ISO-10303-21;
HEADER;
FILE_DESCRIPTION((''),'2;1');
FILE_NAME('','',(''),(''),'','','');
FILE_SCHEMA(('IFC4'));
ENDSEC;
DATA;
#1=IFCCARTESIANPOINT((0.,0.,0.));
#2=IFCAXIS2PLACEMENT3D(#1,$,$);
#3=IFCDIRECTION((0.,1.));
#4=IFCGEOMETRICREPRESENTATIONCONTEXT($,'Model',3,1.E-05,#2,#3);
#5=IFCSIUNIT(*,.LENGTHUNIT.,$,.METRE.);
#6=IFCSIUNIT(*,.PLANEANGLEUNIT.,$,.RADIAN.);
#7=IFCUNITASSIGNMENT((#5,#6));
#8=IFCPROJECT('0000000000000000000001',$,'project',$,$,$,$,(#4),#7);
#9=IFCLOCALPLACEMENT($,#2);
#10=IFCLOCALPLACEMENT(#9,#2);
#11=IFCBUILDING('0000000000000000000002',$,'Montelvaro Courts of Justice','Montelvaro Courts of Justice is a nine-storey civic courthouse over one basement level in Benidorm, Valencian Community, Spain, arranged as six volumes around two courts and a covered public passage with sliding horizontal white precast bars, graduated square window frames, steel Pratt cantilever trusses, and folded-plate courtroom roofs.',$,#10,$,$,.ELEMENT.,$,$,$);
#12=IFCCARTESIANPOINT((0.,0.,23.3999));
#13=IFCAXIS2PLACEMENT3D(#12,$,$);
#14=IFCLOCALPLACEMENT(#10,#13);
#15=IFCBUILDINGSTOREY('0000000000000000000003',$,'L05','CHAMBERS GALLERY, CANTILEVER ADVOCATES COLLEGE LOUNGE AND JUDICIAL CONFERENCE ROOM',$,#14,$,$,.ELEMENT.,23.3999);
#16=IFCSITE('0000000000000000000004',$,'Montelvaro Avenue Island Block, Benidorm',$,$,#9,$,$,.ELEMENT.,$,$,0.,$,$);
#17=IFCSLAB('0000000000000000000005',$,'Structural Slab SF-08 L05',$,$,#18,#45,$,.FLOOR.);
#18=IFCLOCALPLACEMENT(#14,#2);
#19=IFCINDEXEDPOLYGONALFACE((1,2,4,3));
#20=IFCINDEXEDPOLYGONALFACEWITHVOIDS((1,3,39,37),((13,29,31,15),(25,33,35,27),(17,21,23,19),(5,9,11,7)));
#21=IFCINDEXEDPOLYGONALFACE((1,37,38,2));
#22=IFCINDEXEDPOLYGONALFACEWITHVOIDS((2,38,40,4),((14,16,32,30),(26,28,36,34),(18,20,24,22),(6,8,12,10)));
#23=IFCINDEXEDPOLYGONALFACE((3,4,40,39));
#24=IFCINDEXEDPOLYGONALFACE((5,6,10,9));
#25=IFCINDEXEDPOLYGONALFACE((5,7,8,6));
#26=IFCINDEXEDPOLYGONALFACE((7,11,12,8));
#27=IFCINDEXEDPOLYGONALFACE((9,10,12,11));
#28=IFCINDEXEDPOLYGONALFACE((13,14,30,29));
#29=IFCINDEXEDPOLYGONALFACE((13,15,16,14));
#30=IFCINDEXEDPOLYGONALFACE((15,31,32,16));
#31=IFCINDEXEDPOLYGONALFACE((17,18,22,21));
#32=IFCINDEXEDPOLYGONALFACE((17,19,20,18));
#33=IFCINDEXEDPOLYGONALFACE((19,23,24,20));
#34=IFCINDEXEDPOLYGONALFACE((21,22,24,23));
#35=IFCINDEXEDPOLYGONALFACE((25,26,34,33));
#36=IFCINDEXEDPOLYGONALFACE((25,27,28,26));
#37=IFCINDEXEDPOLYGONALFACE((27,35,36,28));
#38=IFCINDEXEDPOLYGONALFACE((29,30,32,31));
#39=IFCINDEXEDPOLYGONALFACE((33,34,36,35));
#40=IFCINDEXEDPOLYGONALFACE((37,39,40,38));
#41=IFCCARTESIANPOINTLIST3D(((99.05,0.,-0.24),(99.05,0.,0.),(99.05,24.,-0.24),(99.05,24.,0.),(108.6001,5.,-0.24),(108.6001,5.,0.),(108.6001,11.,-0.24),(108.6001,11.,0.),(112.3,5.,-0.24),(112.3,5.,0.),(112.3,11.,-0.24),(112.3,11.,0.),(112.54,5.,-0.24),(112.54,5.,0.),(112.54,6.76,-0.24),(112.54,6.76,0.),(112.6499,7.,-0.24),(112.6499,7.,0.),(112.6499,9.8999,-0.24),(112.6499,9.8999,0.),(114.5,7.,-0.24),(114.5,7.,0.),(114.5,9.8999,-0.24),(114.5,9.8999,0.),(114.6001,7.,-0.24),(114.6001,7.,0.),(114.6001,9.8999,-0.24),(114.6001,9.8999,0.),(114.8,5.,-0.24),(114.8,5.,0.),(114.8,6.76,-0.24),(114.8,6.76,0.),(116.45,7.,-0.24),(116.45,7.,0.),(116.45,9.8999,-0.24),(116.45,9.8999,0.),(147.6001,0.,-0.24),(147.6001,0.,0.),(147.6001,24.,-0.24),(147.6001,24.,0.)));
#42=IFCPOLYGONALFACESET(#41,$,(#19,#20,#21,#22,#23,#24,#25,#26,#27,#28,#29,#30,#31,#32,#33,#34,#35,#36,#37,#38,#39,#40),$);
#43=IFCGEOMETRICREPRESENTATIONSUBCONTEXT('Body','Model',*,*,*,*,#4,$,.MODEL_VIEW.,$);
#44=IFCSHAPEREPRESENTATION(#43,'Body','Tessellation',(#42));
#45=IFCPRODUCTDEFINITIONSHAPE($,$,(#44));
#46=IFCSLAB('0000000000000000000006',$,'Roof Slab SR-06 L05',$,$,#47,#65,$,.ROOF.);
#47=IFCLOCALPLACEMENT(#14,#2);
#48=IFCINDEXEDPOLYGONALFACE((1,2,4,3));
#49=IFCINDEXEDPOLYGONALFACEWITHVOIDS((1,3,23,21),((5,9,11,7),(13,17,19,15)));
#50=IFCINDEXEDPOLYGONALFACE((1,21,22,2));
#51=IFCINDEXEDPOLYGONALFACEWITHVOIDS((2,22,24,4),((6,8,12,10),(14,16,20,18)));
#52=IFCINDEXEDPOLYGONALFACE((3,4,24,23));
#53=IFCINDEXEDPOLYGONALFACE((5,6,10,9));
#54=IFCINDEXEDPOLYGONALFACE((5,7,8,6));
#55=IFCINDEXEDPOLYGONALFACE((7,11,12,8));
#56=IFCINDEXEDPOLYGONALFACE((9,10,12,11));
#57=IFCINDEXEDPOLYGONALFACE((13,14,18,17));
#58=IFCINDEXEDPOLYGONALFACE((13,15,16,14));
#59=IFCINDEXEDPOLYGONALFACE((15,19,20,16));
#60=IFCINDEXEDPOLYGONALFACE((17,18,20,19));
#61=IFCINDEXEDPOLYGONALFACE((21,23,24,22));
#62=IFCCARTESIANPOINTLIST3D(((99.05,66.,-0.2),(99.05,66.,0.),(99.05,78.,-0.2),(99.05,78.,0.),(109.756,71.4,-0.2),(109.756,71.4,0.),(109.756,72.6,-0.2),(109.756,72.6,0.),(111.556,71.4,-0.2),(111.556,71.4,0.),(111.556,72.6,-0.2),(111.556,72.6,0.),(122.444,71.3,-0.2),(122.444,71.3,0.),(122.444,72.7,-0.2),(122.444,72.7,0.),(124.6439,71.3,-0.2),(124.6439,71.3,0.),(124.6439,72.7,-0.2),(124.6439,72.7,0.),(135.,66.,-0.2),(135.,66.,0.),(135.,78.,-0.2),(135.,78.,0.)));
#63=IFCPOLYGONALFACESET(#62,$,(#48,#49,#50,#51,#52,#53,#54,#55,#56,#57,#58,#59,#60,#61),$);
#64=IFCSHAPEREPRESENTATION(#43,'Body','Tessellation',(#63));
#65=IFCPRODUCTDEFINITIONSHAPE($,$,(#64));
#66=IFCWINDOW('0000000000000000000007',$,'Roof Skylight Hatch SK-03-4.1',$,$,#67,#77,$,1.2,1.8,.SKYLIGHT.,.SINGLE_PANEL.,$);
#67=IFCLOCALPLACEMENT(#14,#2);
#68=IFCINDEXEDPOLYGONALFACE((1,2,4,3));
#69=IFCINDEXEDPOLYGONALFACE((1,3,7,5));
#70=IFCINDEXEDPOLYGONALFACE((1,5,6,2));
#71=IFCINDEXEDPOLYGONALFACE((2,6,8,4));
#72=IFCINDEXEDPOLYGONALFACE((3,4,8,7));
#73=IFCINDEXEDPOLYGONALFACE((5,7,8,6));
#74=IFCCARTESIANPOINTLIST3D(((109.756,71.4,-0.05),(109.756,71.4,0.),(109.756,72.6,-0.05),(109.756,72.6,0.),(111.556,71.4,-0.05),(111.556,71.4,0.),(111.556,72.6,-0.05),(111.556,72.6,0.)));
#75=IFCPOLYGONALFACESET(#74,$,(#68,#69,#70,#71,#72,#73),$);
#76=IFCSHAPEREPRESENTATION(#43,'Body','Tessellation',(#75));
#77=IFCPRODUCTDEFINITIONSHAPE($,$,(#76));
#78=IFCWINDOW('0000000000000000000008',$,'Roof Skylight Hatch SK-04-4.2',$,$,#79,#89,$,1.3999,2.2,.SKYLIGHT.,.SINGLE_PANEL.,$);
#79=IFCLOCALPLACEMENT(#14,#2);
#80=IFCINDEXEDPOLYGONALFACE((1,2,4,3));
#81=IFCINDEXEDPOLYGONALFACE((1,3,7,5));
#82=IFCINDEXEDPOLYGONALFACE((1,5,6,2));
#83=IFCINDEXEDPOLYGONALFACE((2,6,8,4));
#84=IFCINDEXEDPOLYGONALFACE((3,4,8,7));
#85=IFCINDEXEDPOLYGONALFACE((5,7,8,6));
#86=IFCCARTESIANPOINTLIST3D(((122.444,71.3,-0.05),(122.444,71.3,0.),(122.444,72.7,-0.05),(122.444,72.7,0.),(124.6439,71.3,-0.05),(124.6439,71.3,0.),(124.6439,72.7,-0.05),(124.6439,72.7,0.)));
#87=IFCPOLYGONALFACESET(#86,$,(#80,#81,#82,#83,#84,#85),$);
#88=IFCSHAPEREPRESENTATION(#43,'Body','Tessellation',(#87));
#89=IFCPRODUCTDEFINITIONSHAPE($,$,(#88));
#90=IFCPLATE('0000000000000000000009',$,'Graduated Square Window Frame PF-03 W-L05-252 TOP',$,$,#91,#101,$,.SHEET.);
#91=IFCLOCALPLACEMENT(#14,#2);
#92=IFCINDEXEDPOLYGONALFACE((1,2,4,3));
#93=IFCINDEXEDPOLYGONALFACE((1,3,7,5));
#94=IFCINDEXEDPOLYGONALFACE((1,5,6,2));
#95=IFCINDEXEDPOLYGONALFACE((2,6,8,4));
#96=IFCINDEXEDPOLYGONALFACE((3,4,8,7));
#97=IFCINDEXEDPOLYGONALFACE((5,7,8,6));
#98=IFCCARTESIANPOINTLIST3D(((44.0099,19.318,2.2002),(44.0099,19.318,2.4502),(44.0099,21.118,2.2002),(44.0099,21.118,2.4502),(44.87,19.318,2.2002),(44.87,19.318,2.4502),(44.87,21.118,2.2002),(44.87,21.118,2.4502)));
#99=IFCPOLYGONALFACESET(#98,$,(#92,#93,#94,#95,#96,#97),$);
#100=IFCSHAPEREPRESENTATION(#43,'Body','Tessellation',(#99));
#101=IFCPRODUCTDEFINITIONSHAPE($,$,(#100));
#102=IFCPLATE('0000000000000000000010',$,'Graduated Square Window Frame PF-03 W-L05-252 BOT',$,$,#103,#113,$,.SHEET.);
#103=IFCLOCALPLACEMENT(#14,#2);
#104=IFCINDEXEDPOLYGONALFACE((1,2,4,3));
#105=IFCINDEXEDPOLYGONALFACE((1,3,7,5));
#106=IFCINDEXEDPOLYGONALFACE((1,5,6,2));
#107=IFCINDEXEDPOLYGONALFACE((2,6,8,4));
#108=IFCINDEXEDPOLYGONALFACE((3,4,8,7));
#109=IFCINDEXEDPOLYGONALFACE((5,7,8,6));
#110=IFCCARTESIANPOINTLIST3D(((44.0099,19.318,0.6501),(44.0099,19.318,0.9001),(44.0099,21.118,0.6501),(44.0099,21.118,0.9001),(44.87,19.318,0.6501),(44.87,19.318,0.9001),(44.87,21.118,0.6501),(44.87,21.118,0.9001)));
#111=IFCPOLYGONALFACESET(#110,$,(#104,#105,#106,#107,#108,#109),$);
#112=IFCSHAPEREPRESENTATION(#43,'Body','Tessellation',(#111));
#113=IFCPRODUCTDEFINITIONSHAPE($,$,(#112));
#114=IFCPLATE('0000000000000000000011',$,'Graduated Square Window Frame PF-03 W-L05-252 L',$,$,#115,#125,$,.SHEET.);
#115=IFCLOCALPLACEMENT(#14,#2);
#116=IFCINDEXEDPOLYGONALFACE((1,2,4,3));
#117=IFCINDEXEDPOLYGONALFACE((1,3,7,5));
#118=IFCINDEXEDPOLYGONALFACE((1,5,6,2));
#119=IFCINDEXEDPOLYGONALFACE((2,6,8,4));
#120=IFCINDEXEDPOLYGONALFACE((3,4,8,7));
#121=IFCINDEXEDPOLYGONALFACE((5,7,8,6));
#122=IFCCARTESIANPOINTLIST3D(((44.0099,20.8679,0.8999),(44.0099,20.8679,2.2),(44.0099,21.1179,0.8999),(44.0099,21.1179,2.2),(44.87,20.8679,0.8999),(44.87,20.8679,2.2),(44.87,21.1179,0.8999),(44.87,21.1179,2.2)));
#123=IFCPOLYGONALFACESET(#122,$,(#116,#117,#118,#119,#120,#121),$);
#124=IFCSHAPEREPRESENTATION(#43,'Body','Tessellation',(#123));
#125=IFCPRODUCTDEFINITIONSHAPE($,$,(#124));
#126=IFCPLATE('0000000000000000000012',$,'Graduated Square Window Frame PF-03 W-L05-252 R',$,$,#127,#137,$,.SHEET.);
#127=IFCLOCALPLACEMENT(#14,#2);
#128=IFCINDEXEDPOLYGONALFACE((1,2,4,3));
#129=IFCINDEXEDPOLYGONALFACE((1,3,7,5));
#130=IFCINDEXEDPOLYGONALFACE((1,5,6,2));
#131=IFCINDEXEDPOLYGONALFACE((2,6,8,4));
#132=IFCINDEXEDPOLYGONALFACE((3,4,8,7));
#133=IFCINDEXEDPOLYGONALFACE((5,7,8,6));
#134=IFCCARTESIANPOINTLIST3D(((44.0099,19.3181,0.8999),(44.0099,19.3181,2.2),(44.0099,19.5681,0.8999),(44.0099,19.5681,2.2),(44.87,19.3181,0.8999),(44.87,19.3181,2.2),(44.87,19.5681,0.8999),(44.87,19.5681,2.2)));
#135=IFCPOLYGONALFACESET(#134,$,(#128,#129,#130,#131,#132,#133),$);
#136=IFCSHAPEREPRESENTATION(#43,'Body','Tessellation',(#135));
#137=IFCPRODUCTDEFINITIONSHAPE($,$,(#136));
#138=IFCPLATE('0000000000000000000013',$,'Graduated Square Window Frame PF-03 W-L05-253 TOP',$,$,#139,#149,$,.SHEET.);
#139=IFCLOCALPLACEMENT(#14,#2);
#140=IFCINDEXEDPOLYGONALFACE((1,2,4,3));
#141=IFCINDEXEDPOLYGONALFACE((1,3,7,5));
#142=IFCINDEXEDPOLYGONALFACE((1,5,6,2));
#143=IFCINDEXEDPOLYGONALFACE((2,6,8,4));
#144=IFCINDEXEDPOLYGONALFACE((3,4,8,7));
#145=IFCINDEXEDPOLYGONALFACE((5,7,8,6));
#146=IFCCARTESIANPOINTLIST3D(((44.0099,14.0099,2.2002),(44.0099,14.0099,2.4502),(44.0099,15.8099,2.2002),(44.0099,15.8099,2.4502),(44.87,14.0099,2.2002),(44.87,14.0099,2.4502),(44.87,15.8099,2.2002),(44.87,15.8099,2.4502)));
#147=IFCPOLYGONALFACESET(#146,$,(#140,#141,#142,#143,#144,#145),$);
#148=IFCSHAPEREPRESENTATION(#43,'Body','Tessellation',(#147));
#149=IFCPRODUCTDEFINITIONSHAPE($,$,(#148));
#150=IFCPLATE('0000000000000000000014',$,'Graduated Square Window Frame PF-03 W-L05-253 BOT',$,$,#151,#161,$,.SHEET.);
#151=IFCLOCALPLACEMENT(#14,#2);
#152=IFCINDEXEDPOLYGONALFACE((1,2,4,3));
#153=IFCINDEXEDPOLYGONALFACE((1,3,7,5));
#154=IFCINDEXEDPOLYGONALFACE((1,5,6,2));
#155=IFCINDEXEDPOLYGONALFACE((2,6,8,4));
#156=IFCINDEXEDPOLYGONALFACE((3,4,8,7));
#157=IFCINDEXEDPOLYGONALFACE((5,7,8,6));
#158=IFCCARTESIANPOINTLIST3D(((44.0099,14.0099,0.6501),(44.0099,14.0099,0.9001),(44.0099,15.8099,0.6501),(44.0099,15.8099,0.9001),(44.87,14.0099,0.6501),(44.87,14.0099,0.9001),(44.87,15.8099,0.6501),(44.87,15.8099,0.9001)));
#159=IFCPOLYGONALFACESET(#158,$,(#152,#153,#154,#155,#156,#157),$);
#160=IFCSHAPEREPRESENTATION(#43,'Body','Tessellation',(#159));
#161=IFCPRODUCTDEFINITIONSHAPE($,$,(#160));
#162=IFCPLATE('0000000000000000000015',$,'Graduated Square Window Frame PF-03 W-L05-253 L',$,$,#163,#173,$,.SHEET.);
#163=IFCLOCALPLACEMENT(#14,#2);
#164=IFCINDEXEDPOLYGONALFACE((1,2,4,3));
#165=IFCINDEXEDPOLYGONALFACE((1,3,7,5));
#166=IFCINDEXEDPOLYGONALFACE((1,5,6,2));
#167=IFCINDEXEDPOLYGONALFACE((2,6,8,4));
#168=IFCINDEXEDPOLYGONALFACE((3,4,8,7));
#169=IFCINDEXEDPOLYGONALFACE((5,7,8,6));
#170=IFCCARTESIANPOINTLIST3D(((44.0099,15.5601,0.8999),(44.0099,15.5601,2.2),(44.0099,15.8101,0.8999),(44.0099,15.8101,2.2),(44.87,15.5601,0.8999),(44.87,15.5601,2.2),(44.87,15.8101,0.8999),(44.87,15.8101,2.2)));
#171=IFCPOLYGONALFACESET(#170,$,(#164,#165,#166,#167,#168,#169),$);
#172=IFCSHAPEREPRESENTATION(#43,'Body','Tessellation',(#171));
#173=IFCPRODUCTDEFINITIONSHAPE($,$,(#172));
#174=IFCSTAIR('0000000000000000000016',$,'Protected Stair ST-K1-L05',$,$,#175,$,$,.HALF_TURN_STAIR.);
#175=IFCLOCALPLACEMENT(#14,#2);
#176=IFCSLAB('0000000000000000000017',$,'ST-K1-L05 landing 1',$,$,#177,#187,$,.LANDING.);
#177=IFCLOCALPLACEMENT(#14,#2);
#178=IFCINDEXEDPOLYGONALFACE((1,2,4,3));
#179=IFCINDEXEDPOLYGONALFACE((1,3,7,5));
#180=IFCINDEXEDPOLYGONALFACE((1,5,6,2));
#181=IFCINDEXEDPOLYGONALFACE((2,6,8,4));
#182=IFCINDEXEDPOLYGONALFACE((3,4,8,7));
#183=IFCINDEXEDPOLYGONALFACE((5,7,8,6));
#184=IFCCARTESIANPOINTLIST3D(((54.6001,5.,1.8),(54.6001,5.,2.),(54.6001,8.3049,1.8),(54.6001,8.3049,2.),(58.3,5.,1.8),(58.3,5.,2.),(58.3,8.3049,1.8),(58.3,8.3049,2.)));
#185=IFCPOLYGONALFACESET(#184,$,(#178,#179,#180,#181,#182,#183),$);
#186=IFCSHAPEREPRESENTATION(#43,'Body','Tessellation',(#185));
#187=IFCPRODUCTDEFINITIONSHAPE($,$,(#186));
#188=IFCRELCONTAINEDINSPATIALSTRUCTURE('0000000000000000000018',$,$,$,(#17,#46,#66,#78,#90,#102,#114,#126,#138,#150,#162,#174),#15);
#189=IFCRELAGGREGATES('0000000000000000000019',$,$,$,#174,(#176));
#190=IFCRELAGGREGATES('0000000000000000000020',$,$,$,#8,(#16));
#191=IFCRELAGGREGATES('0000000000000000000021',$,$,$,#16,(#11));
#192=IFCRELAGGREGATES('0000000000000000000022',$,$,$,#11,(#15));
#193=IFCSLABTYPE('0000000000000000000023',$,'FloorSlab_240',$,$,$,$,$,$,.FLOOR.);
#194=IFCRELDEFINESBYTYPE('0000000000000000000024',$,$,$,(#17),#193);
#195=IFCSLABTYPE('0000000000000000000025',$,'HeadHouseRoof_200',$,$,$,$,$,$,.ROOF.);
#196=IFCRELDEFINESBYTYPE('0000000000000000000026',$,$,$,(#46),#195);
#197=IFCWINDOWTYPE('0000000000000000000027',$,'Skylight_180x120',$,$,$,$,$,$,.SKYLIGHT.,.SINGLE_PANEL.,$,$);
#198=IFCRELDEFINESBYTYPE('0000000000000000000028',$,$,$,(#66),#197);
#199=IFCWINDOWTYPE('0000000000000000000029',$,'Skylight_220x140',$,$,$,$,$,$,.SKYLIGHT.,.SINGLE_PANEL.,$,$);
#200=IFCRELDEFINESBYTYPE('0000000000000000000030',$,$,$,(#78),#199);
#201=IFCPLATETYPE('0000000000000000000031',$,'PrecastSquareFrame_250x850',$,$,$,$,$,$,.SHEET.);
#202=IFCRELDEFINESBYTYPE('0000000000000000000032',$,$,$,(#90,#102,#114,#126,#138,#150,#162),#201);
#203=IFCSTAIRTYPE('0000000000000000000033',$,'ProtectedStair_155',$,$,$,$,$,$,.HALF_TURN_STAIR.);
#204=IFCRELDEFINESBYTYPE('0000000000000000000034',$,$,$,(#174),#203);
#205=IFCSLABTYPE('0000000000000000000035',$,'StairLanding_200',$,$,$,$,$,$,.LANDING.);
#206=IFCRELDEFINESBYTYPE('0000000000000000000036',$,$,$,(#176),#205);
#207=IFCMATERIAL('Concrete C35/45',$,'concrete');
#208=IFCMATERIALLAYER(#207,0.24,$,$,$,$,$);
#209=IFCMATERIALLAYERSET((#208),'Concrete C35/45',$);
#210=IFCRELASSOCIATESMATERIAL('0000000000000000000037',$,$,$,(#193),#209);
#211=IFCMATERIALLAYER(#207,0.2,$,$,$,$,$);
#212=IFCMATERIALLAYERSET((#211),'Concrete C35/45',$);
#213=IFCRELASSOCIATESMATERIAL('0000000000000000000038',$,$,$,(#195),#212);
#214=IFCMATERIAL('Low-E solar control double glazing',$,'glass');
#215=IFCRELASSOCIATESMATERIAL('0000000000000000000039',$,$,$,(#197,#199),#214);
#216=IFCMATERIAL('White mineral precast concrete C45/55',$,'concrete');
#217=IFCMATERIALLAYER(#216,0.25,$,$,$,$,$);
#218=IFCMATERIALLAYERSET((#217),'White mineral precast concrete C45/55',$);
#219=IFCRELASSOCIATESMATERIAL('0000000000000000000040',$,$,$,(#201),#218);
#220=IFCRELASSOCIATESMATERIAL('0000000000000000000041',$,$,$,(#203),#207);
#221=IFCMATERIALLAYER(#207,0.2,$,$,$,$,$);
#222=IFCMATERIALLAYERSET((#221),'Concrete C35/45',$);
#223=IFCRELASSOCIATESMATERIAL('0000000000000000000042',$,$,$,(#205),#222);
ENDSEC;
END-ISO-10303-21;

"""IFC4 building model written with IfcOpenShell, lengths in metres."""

from ifc_helpers import new_model, si_unit, direction, frame, origin, origin_2d, place, context, subcontext, project, spatial, polyline, rectangle, outline, extrude, material, layer, layer_set, type_object, element, fill, aggregate, save


model = new_model("IFC4")

# Units and contexts
model_context = context("Model", 3, precision=1e-05, world=origin(), true_north=direction((0.0, 1.0)))
body_context = subcontext(model_context, "Body", "Model", "MODEL_VIEW")
ifc_project = project(units=[si_unit("LENGTHUNIT", "METRE"), si_unit("PLANEANGLEUNIT", "RADIAN")], contexts=[model_context])

# Site, building, storey
site_placement = place(None, origin())
site = spatial("IfcSite", under=ifc_project, at=site_placement, Name="Montelvaro Avenue Island Block, Benidorm", CompositionType="ELEMENT", RefElevation=0.0)
building_placement = place(site_placement, origin())
building = spatial("IfcBuilding", under=site, at=building_placement, Name="Montelvaro Courts of Justice", Description="Montelvaro Courts of Justice is a nine-storey civic courthouse over one basement level in Benidorm, Valencian Community, Spain, arranged as six volumes around two courts and a covered public passage with sliding horizontal white precast bars, graduated square window frames, steel Pratt cantilever trusses, and folded-plate courtroom roofs.", CompositionType="ELEMENT")
storey_placement = place(building_placement, frame((0.0, 0.0, 23.3999)))
storey = spatial("IfcBuildingStorey", under=building, at=storey_placement, Name="L05", Description="CHAMBERS GALLERY, CANTILEVER ADVOCATES COLLEGE LOUNGE AND JUDICIAL CONFERENCE ROOM", CompositionType="ELEMENT", Elevation=23.3999)

# Slab
ifc_material_1 = material(Name="Concrete C35/45", Category="concrete")
ifc_layer_1 = layer(ifc_material_1, 0.24)
ifc_layer_set_1 = layer_set([ifc_layer_1], Name="Concrete C35/45")
slab_type_1 = type_object("IfcSlabType", Name="FloorSlab_240", PredefinedType="FLOOR", material=ifc_layer_set_1)
slab_1_placement = place(storey_placement, frame((0.0, 0.0, -0.24)))
element("IfcSlab", 1, at=slab_1_placement, inside=storey, type_object=slab_type_1, Name="Structural Slab SF-08 L05", PredefinedType="FLOOR", context=body_context, shape_type="SweptSolid", body=[
    extrude(outline(polyline([(99.05, 0.0), (147.6001, 0.0), (147.6001, 24.0), (99.05, 24.0), (99.05, 0.0)]), holes=[polyline([(108.6001, 5.0), (112.3, 5.0), (112.3, 11.0), (108.6001, 11.0), (108.6001, 5.0)]), polyline([(112.54, 5.0), (114.8, 5.0), (114.8, 6.76), (112.54, 6.76), (112.54, 5.0)]), polyline([(112.6499, 7.0), (114.5, 7.0), (114.5, 9.8999), (112.6499, 9.8999), (112.6499, 7.0)]), polyline([(114.6001, 7.0), (116.45, 7.0), (116.45, 9.8999), (114.6001, 9.8999), (114.6001, 7.0)])]), origin(), (0.0, 0.0, 1.0), 0.24),
])

# Slab, openings, windows
ifc_layer_2 = layer(ifc_material_1, 0.2)
ifc_layer_set_2 = layer_set([ifc_layer_2], Name="Concrete C35/45")
slab_type_2 = type_object("IfcSlabType", Name="HeadHouseRoof_200", PredefinedType="ROOF", material=ifc_layer_set_2)
slab_2_placement = place(storey_placement, frame((0.0, 0.0, -0.2)))
slab_2 = element("IfcSlab", 2, at=slab_2_placement, inside=storey, type_object=slab_type_2, Name="Roof Slab SR-06 L05", PredefinedType="ROOF", context=body_context, shape_type="SweptSolid", body=[
    extrude(outline(polyline([(99.05, 66.0), (135.0, 66.0), (135.0, 78.0), (99.05, 78.0), (99.05, 66.0)])), origin(), (0.0, 0.0, 1.0), 0.2),
])
opening_1_placement = place(slab_2_placement, frame((110.656, 72.0, -0.0149)))
opening_1 = element("IfcOpeningElement", 3, at=opening_1_placement, cuts=slab_2, PredefinedType="OPENING", context=body_context, shape_type="SweptSolid", body=[
    extrude(rectangle(XDim=1.8, YDim=1.2, at=origin_2d()), origin(), (0.0, 0.0, 1.0), 0.2297),
])
opening_2_placement = place(slab_2_placement, frame((123.5439, 72.0, -0.0149)))
opening_2 = element("IfcOpeningElement", 4, at=opening_2_placement, cuts=slab_2, PredefinedType="OPENING", context=body_context, shape_type="SweptSolid", body=[
    extrude(rectangle(XDim=2.2, YDim=1.3999, at=origin_2d()), origin(), (0.0, 0.0, 1.0), 0.2297),
])
ifc_material_2 = material(Name="Low-E solar control double glazing", Category="glass")
window_type_1 = type_object("IfcWindowType", Name="Skylight_180x120", PartitioningType="SINGLE_PANEL", PredefinedType="SKYLIGHT", material=ifc_material_2)
window_1_placement = place(slab_2_placement, frame((110.656, 72.0, 0.1499)))
window_1 = element("IfcWindow", 5, at=window_1_placement, inside=storey, type_object=window_type_1, Name="Roof Skylight Hatch SK-03-4.1", OverallHeight=1.2, OverallWidth=1.8, PartitioningType="SINGLE_PANEL", PredefinedType="SKYLIGHT", context=body_context, shape_type="SweptSolid", body=[
    extrude(rectangle(XDim=1.8, YDim=1.2, at=origin_2d()), origin(), (0.0, 0.0, 1.0), 0.05),
])
fill(opening_1, window_1)
window_type_2 = type_object("IfcWindowType", Name="Skylight_220x140", PartitioningType="SINGLE_PANEL", PredefinedType="SKYLIGHT", material=ifc_material_2)
window_2_placement = place(slab_2_placement, frame((123.5439, 72.0, 0.1499)))
window_2 = element("IfcWindow", 6, at=window_2_placement, inside=storey, type_object=window_type_2, Name="Roof Skylight Hatch SK-04-4.2", OverallHeight=1.3999, OverallWidth=2.2, PartitioningType="SINGLE_PANEL", PredefinedType="SKYLIGHT", context=body_context, shape_type="SweptSolid", body=[
    extrude(rectangle(XDim=2.2, YDim=1.3999, at=origin_2d()), origin(), (0.0, 0.0, 1.0), 0.05),
])
fill(opening_2, window_2)

# Plates
ifc_material_3 = material(Name="White mineral precast concrete C45/55", Category="concrete")
ifc_layer_3 = layer(ifc_material_3, 0.25)
ifc_layer_set_3 = layer_set([ifc_layer_3], Name="White mineral precast concrete C45/55")
plate_type = type_object("IfcPlateType", Name="PrecastSquareFrame_250x850", PredefinedType="SHEET", material=ifc_layer_set_3)
for number, where, z_axis, x_axis, name in (
    (7, (44.4399, 20.218, 2.2002), (0.0, 0.0, 1.0), (0.0, -1.0, 0.0), "Graduated Square Window Frame PF-03 W-L05-252 TOP"),
    (8, (44.4399, 20.218, 0.6501), (0.0, 0.0, 1.0), (0.0, -1.0, 0.0), "Graduated Square Window Frame PF-03 W-L05-252 BOT"),
):
    element("IfcPlate", number, at=place(storey_placement, frame(where, z_axis=z_axis, x_axis=x_axis)), inside=storey, type_object=plate_type, Name=name, PredefinedType="SHEET", context=body_context, shape_type="SweptSolid", body=[
        extrude(rectangle(XDim=1.8, YDim=0.8601, at=origin_2d()), origin(), (0.0, 0.0, 1.0), 0.25),
    ])
for number, where, z_axis, x_axis, name in (
    (9, (44.4399, 20.9929, 0.8999), (0.0, 0.0, 1.0), (0.0, -1.0, 0.0), "Graduated Square Window Frame PF-03 W-L05-252 L"),
    (10, (44.4399, 19.4431, 0.8999), (0.0, 0.0, 1.0), (0.0, -1.0, 0.0), "Graduated Square Window Frame PF-03 W-L05-252 R"),
):
    element("IfcPlate", number, at=place(storey_placement, frame(where, z_axis=z_axis, x_axis=x_axis)), inside=storey, type_object=plate_type, Name=name, PredefinedType="SHEET", context=body_context, shape_type="SweptSolid", body=[
        extrude(rectangle(XDim=0.25, YDim=0.8601, at=origin_2d()), origin(), (0.0, 0.0, 1.0), 1.3),
    ])
for number, where, z_axis, x_axis, name in (
    (11, (44.4399, 14.9099, 2.2002), (0.0, 0.0, 1.0), (0.0, -1.0, 0.0), "Graduated Square Window Frame PF-03 W-L05-253 TOP"),
    (12, (44.4399, 14.9099, 0.6501), (0.0, 0.0, 1.0), (0.0, -1.0, 0.0), "Graduated Square Window Frame PF-03 W-L05-253 BOT"),
):
    element("IfcPlate", number, at=place(storey_placement, frame(where, z_axis=z_axis, x_axis=x_axis)), inside=storey, type_object=plate_type, Name=name, PredefinedType="SHEET", context=body_context, shape_type="SweptSolid", body=[
        extrude(rectangle(XDim=1.8, YDim=0.8601, at=origin_2d()), origin(), (0.0, 0.0, 1.0), 0.25),
    ])
plate_placement = place(storey_placement, frame((44.4399, 15.6851, 0.8999), z_axis=(0.0, 0.0, 1.0), x_axis=(0.0, -1.0, 0.0)))
element("IfcPlate", 13, at=plate_placement, inside=storey, type_object=plate_type, Name="Graduated Square Window Frame PF-03 W-L05-253 L", PredefinedType="SHEET", context=body_context, shape_type="SweptSolid", body=[
    extrude(rectangle(XDim=0.25, YDim=0.8601, at=origin_2d()), origin(), (0.0, 0.0, 1.0), 1.3),
])

# Stair, slab
stair_type_1 = type_object("IfcStairType", Name="ProtectedStair_155", PredefinedType="HALF_TURN_STAIR", material=ifc_material_1)
stair_1_placement = place(storey_placement, origin())
stair_1 = element("IfcStair", 14, at=stair_1_placement, inside=storey, type_object=stair_type_1, Name="Protected Stair ST-K1-L05", PredefinedType="HALF_TURN_STAIR")
ifc_layer_4 = layer(ifc_material_1, 0.2)
ifc_layer_set_4 = layer_set([ifc_layer_4], Name="Concrete C35/45")
slab_type_3 = type_object("IfcSlabType", Name="StairLanding_200", PredefinedType="LANDING", material=ifc_layer_set_4)
slab_3_placement = place(storey_placement, frame((0.0, 0.0, 1.8)))
slab_3 = element("IfcSlab", 15, at=slab_3_placement, type_object=slab_type_3, Name="ST-K1-L05 landing 1", PredefinedType="LANDING", context=body_context, shape_type="SweptSolid", body=[
    extrude(outline(polyline([(54.6001, 5.0), (58.3, 5.0), (58.3, 8.3049), (54.6001, 8.3049), (54.6001, 5.0)])), origin(), (0.0, 0.0, 1.0), 0.2),
])
aggregate(stair_1, [slab_3])

save(model, "model.ifc")
